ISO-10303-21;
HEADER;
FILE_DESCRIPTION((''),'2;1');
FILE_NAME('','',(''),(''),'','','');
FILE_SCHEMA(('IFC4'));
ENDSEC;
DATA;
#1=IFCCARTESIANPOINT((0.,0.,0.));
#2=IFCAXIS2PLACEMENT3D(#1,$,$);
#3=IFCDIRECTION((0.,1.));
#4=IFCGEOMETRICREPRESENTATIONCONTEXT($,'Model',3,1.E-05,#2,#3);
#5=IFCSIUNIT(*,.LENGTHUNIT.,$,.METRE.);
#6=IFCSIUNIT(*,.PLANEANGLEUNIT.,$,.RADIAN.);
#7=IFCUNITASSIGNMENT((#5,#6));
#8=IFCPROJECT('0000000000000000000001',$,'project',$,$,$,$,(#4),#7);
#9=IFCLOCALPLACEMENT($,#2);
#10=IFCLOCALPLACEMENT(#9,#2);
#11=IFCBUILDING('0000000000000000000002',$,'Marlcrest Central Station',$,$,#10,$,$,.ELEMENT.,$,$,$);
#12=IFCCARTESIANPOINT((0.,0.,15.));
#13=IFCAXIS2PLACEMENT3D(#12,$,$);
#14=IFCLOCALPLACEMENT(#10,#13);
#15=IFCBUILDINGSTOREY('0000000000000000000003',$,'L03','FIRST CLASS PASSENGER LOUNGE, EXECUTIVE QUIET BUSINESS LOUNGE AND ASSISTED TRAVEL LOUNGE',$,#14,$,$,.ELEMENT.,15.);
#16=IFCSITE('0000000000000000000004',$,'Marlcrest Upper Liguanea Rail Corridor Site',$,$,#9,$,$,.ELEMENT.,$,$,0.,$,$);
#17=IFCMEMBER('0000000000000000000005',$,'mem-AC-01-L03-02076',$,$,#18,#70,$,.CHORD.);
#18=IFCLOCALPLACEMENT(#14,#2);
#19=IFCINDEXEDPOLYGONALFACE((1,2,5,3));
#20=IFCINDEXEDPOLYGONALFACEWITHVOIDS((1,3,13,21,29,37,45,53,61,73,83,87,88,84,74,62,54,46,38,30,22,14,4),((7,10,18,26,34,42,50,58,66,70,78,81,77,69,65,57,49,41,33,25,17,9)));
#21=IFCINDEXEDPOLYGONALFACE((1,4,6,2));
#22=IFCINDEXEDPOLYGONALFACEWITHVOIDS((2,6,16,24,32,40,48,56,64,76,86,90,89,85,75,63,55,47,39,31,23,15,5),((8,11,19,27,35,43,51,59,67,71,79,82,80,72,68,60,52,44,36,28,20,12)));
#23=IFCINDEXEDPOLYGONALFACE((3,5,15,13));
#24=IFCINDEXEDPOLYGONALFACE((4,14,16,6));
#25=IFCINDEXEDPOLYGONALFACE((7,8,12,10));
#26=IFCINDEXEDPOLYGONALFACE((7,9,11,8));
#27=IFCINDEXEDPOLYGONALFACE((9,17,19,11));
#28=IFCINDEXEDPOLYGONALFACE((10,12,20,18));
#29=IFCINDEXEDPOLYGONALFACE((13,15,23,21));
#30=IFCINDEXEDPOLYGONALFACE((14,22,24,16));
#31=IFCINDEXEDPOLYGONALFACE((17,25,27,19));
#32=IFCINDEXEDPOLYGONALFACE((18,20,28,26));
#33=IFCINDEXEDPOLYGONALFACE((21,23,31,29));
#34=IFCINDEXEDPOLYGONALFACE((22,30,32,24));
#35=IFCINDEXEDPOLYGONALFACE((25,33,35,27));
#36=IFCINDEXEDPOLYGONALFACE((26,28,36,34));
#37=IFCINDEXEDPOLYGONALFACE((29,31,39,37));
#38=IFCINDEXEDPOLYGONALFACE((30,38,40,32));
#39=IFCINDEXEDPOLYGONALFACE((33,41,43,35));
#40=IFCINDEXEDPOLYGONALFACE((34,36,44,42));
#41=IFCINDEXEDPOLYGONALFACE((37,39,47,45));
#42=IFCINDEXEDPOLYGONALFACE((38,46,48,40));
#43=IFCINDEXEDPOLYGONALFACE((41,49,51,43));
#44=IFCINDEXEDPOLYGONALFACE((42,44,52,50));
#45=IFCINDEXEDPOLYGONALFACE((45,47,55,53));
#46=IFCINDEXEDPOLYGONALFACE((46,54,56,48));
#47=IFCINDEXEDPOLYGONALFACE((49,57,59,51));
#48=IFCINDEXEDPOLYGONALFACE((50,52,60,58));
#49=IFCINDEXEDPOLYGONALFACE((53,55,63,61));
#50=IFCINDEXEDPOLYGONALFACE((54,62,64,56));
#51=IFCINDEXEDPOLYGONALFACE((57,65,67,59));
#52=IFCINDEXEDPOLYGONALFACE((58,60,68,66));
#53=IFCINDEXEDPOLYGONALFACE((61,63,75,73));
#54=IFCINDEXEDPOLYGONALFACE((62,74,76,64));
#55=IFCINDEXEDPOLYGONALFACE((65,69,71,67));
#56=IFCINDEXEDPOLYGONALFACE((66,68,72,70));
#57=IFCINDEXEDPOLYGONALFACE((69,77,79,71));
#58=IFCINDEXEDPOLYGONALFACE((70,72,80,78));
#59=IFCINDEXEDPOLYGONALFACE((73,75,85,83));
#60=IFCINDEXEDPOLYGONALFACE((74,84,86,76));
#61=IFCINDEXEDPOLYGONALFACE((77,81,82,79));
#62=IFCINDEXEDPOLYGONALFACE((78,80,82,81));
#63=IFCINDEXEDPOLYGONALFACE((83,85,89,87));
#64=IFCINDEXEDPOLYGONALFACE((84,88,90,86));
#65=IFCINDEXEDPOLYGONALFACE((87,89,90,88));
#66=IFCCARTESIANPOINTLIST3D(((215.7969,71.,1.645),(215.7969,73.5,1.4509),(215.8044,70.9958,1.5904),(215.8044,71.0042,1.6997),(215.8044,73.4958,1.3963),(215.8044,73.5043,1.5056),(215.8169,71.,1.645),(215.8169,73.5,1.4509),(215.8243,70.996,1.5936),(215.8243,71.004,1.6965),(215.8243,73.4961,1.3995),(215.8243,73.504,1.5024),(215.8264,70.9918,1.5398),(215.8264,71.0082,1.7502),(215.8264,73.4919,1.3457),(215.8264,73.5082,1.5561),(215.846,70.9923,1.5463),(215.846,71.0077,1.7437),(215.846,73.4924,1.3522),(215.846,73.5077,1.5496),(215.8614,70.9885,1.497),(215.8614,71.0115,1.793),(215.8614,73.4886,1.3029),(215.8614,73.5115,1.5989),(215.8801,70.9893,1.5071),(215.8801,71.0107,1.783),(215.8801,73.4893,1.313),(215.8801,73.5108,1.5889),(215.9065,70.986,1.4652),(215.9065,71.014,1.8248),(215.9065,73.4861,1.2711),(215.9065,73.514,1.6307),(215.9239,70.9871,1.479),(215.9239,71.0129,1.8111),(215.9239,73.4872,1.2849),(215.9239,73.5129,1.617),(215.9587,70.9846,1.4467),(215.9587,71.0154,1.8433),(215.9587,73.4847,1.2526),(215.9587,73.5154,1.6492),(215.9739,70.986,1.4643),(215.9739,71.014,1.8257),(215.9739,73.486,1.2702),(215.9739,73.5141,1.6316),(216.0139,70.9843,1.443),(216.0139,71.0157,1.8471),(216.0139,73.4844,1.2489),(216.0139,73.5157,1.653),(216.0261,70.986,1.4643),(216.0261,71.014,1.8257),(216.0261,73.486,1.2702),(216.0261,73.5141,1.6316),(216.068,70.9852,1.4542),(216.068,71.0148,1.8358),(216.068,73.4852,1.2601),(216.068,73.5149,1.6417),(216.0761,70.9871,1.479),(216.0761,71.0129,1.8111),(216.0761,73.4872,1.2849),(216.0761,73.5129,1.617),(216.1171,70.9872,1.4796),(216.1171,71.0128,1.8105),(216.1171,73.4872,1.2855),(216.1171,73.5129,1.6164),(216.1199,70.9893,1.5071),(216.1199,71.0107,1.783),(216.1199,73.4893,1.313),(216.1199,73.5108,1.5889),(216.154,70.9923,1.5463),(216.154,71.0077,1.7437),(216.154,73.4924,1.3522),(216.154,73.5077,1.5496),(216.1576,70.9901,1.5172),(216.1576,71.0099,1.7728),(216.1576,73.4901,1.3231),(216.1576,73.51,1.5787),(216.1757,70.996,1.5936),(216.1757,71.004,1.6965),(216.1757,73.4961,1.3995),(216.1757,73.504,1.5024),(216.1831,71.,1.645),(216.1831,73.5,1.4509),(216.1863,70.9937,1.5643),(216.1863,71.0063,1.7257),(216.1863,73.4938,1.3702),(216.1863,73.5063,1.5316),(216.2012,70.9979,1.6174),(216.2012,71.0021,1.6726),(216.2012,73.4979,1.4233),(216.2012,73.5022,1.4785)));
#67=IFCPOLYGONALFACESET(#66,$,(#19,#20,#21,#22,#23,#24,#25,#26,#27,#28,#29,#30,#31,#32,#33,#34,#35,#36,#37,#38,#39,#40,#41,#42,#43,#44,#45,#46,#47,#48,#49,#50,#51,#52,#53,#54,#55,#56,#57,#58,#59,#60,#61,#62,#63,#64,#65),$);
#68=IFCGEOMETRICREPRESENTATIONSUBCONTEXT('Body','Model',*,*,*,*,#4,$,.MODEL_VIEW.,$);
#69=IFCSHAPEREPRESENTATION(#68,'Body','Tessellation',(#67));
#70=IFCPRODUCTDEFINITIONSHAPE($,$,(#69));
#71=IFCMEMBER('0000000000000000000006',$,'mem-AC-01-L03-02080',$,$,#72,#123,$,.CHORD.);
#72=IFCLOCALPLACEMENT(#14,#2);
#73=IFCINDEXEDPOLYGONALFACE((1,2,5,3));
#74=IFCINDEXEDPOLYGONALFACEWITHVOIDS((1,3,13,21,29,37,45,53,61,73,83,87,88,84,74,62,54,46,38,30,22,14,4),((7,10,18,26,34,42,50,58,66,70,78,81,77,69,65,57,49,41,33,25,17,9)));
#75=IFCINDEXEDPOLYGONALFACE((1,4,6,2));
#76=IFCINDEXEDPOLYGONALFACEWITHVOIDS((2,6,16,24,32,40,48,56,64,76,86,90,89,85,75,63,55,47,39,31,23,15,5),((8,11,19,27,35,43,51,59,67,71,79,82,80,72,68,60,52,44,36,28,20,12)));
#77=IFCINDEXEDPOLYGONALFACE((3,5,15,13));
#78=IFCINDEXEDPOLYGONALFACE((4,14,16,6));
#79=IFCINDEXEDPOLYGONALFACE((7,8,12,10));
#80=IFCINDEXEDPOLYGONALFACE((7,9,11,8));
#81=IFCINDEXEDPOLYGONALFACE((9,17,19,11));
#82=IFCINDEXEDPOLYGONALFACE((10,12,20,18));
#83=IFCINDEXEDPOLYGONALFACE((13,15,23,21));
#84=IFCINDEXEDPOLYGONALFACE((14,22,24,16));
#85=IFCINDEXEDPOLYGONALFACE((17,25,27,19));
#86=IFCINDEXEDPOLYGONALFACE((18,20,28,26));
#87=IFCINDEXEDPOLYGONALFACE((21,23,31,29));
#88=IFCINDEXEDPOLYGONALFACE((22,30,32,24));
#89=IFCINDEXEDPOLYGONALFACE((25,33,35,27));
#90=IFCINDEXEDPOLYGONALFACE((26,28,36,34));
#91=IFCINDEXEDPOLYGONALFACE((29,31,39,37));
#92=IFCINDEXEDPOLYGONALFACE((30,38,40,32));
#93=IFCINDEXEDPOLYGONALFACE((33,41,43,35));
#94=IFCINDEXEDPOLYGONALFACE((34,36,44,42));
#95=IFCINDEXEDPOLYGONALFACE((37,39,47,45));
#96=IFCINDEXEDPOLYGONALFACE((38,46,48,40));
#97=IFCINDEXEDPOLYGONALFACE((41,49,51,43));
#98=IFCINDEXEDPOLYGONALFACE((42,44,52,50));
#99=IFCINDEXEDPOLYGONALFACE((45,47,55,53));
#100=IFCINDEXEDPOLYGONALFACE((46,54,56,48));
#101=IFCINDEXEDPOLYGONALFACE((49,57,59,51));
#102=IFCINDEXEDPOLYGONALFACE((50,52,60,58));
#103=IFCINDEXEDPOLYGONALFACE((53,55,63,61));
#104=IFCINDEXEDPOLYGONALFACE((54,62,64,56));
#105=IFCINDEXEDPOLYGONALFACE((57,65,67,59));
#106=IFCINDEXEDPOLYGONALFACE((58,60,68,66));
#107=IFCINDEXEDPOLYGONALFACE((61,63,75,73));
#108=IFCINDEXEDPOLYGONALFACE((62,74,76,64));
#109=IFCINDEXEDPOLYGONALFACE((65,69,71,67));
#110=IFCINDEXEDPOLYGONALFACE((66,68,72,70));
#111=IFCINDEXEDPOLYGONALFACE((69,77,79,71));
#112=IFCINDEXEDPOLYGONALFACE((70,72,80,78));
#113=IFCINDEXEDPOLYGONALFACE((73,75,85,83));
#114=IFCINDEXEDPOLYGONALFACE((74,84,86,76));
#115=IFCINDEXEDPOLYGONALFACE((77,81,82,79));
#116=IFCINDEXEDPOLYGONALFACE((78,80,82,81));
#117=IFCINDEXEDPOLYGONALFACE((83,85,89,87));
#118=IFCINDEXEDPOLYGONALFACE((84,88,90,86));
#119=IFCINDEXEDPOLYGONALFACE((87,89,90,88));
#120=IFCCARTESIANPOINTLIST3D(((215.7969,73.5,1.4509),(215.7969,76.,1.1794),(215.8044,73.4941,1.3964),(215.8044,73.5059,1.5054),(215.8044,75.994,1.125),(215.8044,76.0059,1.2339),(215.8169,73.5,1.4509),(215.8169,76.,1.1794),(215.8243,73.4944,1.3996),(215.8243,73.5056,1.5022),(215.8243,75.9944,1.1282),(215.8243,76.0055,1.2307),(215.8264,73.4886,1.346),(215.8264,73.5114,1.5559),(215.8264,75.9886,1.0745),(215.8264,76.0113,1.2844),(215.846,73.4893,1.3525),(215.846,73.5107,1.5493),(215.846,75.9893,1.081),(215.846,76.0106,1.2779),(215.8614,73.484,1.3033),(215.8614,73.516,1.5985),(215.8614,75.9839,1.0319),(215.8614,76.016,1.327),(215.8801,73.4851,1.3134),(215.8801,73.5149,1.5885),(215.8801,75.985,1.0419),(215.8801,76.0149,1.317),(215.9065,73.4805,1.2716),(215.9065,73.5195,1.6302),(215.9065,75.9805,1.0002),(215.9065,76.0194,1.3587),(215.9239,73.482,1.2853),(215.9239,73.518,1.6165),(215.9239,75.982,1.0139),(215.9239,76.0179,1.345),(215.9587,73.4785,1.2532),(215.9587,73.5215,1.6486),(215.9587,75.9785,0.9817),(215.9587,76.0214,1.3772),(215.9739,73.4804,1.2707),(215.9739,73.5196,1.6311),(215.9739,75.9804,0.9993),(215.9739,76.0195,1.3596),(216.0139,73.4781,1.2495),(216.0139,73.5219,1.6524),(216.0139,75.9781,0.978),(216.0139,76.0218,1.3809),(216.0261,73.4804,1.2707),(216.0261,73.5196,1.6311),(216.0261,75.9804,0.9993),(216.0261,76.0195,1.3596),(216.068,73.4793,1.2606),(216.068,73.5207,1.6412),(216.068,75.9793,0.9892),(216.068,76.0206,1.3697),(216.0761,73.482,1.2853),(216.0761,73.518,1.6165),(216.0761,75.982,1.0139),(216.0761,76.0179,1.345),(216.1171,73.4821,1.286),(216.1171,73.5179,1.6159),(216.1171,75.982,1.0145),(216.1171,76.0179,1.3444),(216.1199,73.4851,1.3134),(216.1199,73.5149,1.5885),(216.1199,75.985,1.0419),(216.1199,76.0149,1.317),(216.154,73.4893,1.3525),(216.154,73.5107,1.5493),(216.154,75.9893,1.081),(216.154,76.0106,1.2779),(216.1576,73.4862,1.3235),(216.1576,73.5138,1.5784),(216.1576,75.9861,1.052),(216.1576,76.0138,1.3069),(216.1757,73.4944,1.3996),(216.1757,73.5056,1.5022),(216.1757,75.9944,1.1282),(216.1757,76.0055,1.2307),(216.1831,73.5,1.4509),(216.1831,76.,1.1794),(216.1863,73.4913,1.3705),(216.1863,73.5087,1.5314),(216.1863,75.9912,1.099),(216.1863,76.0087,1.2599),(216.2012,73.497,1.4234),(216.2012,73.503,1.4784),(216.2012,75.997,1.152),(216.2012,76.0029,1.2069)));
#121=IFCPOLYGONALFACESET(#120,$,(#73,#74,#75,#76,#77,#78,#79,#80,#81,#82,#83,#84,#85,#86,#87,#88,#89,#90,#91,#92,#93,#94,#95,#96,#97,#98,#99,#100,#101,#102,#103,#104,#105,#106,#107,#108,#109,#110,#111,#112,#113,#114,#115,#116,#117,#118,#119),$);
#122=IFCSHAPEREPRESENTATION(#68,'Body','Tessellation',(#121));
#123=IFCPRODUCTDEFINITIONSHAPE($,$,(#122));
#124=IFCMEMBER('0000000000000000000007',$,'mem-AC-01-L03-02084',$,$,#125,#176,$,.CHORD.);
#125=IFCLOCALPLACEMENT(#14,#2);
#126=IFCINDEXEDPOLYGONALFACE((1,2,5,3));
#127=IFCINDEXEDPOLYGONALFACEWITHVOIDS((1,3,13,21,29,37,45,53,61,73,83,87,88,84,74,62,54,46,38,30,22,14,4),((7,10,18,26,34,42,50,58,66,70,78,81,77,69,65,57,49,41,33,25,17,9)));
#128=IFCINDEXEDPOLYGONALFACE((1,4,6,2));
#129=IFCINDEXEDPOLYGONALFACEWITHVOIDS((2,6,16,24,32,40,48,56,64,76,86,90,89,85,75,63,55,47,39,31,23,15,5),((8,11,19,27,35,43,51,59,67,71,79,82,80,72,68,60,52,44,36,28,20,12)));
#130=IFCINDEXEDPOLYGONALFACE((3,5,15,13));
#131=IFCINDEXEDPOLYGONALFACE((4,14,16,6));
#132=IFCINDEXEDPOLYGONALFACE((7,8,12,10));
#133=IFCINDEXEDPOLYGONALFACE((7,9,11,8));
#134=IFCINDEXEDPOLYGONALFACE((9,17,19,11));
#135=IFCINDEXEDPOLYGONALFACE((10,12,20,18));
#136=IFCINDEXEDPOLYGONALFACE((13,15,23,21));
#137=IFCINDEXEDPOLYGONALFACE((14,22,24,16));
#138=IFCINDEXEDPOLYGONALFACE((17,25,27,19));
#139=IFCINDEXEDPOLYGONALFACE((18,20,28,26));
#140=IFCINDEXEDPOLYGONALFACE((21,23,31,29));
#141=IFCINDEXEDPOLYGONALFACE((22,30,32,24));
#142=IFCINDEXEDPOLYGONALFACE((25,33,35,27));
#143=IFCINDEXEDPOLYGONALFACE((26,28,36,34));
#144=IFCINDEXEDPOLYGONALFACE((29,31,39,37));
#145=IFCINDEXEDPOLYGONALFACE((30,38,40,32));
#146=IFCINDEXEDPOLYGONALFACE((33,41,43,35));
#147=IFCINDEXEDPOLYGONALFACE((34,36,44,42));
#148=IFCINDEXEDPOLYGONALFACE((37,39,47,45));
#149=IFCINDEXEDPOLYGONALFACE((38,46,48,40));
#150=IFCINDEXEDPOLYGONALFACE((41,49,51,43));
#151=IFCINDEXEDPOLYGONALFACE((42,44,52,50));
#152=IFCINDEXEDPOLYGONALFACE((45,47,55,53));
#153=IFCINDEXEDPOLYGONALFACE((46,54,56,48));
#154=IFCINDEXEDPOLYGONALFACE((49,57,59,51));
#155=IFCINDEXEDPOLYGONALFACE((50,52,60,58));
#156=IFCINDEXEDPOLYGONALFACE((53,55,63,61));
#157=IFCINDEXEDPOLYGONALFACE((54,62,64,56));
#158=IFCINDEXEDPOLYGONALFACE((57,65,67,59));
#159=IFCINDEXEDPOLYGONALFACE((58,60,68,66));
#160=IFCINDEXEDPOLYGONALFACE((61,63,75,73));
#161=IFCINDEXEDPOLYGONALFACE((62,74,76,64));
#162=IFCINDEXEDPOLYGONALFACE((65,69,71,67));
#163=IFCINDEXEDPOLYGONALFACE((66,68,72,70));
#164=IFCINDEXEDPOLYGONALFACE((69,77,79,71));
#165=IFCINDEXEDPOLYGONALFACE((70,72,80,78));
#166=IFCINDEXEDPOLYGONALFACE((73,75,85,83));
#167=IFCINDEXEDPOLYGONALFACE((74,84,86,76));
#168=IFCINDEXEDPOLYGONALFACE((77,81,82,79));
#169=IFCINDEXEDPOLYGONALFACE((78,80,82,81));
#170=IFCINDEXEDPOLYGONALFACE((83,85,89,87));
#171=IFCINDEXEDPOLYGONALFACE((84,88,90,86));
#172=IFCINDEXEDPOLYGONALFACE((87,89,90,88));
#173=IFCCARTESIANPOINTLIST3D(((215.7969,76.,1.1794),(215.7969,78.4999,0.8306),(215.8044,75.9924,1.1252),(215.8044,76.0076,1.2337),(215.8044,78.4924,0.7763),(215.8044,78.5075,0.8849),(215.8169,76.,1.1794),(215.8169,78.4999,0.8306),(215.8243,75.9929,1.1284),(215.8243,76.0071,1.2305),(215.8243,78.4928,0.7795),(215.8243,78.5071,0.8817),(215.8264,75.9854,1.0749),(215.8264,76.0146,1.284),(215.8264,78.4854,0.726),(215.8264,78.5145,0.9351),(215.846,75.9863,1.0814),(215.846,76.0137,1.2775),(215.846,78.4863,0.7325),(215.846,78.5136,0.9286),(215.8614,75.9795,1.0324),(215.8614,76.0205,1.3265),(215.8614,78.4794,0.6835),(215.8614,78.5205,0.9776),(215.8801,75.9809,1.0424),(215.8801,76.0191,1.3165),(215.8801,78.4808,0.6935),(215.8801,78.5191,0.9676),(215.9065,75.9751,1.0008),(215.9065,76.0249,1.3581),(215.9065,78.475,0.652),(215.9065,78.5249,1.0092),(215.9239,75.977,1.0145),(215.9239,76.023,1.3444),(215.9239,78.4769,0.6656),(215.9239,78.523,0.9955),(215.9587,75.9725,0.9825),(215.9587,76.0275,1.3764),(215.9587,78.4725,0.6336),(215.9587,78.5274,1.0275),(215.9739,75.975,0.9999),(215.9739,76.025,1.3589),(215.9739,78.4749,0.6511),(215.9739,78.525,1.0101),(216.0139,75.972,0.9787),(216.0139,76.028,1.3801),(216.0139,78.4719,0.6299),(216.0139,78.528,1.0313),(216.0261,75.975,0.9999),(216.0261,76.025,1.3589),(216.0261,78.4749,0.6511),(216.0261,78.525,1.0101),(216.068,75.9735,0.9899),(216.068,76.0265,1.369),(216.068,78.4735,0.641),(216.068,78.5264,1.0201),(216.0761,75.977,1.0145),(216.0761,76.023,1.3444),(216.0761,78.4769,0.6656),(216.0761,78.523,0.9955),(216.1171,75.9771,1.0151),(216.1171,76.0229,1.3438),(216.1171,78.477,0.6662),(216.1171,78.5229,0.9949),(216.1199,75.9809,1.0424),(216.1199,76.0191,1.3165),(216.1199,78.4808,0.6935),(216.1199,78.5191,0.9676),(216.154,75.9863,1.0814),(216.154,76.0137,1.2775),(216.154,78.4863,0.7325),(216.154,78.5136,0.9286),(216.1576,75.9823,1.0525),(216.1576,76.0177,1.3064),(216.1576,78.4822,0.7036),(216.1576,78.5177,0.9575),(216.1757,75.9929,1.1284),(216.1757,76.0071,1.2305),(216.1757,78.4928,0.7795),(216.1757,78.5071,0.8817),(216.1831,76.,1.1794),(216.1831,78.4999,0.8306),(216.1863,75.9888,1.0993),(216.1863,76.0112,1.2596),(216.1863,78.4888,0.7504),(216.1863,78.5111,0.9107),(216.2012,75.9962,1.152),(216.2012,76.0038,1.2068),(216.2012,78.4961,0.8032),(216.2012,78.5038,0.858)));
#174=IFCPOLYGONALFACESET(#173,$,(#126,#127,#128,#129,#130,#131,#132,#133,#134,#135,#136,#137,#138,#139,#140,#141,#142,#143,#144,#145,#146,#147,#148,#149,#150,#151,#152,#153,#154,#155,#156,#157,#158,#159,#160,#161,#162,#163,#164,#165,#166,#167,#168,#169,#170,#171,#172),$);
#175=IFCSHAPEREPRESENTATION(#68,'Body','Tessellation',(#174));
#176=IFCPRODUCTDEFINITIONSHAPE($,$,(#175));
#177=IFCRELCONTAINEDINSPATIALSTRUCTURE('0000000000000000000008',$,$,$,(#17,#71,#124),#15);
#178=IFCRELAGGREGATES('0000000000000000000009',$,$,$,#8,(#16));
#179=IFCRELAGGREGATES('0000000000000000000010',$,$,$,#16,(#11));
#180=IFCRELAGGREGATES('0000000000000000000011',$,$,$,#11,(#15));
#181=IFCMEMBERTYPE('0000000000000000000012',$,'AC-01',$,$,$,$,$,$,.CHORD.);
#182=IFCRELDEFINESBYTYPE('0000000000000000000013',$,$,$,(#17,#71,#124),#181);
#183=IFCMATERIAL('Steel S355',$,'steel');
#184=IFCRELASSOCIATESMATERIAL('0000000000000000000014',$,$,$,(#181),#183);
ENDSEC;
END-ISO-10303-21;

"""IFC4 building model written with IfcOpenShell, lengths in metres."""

from ifc_helpers import new_model, si_unit, direction, frame, origin, origin_2d, place, context, subcontext, project, spatial, hollow_circle, extrude, material, material_profile, profile_set, type_object, element, save


model = new_model("IFC4")

# Units and contexts
model_context = context("Model", 3, precision=1e-05, world=origin(), true_north=direction((0.0, 1.0)))
body_context = subcontext(model_context, "Body", "Model", "MODEL_VIEW")
ifc_project = project(units=[si_unit("LENGTHUNIT", "METRE"), si_unit("PLANEANGLEUNIT", "RADIAN")], contexts=[model_context])

# Site, building, storey
site_placement = place(None, origin())
site = spatial("IfcSite", under=ifc_project, at=site_placement, Name="Marlcrest Upper Liguanea Rail Corridor Site", CompositionType="ELEMENT", RefElevation=0.0)
building_placement = place(site_placement, origin())
building = spatial("IfcBuilding", under=site, at=building_placement, Name="Marlcrest Central Station", CompositionType="ELEMENT")
storey_placement = place(building_placement, frame((0.0, 0.0, 15.0)))
storey = spatial("IfcBuildingStorey", under=building, at=storey_placement, Name="L03", Description="FIRST CLASS PASSENGER LOUNGE, EXECUTIVE QUIET BUSINESS LOUNGE AND ASSISTED TRAVEL LOUNGE", CompositionType="ELEMENT", Elevation=15.0)

# Members
ifc_material_1 = material(Name="Steel S355", Category="steel")
ifc_material_profile_1 = material_profile(ifc_material_1, hollow_circle(Radius=0.2031, WallThickness=0.02, at=origin_2d()), Name="CHS 406.4x20")
ifc_profile_set_1 = profile_set([ifc_material_profile_1], Name="Steel S355")
member_type_1 = type_object("IfcMemberType", Name="AC-01", PredefinedType="CHORD", material=ifc_profile_set_1)
member_1_placement = place(storey_placement, frame((216.0, 71.0, 1.645), z_axis=(0.0, 0.997, -0.077404), x_axis=(-1.0, 0.0, 0.0)))
element("IfcMember", 1, at=member_1_placement, inside=storey, type_object=member_type_1, Name="mem-AC-01-L03-02076", PredefinedType="CHORD", context=body_context, shape_type="SweptSolid", body=[
    extrude(hollow_circle(Radius=0.2031, WallThickness=0.02, at=origin_2d()), origin(), (0.0, 0.0, 1.0), 2.5076),
])
member_2_placement = place(storey_placement, frame((216.0, 73.5, 1.4509), z_axis=(0.0, 0.994155, -0.107959), x_axis=(-1.0, 0.0, 0.0)))
element("IfcMember", 2, at=member_2_placement, inside=storey, type_object=member_type_1, Name="mem-AC-01-L03-02080", PredefinedType="CHORD", context=body_context, shape_type="SweptSolid", body=[
    extrude(hollow_circle(Radius=0.2031, WallThickness=0.02, at=origin_2d()), origin(), (0.0, 0.0, 1.0), 2.5146),
])
member_3_placement = place(storey_placement, frame((216.0, 76.0, 1.1794), z_axis=(0.0, 0.990403, -0.138211), x_axis=(-1.0, 0.0, 0.0)))
element("IfcMember", 3, at=member_3_placement, inside=storey, type_object=member_type_1, Name="mem-AC-01-L03-02084", PredefinedType="CHORD", context=body_context, shape_type="SweptSolid", body=[
    extrude(hollow_circle(Radius=0.2031, WallThickness=0.02, at=origin_2d()), origin(), (0.0, 0.0, 1.0), 2.5242),
])

save(model, "model.ifc")
